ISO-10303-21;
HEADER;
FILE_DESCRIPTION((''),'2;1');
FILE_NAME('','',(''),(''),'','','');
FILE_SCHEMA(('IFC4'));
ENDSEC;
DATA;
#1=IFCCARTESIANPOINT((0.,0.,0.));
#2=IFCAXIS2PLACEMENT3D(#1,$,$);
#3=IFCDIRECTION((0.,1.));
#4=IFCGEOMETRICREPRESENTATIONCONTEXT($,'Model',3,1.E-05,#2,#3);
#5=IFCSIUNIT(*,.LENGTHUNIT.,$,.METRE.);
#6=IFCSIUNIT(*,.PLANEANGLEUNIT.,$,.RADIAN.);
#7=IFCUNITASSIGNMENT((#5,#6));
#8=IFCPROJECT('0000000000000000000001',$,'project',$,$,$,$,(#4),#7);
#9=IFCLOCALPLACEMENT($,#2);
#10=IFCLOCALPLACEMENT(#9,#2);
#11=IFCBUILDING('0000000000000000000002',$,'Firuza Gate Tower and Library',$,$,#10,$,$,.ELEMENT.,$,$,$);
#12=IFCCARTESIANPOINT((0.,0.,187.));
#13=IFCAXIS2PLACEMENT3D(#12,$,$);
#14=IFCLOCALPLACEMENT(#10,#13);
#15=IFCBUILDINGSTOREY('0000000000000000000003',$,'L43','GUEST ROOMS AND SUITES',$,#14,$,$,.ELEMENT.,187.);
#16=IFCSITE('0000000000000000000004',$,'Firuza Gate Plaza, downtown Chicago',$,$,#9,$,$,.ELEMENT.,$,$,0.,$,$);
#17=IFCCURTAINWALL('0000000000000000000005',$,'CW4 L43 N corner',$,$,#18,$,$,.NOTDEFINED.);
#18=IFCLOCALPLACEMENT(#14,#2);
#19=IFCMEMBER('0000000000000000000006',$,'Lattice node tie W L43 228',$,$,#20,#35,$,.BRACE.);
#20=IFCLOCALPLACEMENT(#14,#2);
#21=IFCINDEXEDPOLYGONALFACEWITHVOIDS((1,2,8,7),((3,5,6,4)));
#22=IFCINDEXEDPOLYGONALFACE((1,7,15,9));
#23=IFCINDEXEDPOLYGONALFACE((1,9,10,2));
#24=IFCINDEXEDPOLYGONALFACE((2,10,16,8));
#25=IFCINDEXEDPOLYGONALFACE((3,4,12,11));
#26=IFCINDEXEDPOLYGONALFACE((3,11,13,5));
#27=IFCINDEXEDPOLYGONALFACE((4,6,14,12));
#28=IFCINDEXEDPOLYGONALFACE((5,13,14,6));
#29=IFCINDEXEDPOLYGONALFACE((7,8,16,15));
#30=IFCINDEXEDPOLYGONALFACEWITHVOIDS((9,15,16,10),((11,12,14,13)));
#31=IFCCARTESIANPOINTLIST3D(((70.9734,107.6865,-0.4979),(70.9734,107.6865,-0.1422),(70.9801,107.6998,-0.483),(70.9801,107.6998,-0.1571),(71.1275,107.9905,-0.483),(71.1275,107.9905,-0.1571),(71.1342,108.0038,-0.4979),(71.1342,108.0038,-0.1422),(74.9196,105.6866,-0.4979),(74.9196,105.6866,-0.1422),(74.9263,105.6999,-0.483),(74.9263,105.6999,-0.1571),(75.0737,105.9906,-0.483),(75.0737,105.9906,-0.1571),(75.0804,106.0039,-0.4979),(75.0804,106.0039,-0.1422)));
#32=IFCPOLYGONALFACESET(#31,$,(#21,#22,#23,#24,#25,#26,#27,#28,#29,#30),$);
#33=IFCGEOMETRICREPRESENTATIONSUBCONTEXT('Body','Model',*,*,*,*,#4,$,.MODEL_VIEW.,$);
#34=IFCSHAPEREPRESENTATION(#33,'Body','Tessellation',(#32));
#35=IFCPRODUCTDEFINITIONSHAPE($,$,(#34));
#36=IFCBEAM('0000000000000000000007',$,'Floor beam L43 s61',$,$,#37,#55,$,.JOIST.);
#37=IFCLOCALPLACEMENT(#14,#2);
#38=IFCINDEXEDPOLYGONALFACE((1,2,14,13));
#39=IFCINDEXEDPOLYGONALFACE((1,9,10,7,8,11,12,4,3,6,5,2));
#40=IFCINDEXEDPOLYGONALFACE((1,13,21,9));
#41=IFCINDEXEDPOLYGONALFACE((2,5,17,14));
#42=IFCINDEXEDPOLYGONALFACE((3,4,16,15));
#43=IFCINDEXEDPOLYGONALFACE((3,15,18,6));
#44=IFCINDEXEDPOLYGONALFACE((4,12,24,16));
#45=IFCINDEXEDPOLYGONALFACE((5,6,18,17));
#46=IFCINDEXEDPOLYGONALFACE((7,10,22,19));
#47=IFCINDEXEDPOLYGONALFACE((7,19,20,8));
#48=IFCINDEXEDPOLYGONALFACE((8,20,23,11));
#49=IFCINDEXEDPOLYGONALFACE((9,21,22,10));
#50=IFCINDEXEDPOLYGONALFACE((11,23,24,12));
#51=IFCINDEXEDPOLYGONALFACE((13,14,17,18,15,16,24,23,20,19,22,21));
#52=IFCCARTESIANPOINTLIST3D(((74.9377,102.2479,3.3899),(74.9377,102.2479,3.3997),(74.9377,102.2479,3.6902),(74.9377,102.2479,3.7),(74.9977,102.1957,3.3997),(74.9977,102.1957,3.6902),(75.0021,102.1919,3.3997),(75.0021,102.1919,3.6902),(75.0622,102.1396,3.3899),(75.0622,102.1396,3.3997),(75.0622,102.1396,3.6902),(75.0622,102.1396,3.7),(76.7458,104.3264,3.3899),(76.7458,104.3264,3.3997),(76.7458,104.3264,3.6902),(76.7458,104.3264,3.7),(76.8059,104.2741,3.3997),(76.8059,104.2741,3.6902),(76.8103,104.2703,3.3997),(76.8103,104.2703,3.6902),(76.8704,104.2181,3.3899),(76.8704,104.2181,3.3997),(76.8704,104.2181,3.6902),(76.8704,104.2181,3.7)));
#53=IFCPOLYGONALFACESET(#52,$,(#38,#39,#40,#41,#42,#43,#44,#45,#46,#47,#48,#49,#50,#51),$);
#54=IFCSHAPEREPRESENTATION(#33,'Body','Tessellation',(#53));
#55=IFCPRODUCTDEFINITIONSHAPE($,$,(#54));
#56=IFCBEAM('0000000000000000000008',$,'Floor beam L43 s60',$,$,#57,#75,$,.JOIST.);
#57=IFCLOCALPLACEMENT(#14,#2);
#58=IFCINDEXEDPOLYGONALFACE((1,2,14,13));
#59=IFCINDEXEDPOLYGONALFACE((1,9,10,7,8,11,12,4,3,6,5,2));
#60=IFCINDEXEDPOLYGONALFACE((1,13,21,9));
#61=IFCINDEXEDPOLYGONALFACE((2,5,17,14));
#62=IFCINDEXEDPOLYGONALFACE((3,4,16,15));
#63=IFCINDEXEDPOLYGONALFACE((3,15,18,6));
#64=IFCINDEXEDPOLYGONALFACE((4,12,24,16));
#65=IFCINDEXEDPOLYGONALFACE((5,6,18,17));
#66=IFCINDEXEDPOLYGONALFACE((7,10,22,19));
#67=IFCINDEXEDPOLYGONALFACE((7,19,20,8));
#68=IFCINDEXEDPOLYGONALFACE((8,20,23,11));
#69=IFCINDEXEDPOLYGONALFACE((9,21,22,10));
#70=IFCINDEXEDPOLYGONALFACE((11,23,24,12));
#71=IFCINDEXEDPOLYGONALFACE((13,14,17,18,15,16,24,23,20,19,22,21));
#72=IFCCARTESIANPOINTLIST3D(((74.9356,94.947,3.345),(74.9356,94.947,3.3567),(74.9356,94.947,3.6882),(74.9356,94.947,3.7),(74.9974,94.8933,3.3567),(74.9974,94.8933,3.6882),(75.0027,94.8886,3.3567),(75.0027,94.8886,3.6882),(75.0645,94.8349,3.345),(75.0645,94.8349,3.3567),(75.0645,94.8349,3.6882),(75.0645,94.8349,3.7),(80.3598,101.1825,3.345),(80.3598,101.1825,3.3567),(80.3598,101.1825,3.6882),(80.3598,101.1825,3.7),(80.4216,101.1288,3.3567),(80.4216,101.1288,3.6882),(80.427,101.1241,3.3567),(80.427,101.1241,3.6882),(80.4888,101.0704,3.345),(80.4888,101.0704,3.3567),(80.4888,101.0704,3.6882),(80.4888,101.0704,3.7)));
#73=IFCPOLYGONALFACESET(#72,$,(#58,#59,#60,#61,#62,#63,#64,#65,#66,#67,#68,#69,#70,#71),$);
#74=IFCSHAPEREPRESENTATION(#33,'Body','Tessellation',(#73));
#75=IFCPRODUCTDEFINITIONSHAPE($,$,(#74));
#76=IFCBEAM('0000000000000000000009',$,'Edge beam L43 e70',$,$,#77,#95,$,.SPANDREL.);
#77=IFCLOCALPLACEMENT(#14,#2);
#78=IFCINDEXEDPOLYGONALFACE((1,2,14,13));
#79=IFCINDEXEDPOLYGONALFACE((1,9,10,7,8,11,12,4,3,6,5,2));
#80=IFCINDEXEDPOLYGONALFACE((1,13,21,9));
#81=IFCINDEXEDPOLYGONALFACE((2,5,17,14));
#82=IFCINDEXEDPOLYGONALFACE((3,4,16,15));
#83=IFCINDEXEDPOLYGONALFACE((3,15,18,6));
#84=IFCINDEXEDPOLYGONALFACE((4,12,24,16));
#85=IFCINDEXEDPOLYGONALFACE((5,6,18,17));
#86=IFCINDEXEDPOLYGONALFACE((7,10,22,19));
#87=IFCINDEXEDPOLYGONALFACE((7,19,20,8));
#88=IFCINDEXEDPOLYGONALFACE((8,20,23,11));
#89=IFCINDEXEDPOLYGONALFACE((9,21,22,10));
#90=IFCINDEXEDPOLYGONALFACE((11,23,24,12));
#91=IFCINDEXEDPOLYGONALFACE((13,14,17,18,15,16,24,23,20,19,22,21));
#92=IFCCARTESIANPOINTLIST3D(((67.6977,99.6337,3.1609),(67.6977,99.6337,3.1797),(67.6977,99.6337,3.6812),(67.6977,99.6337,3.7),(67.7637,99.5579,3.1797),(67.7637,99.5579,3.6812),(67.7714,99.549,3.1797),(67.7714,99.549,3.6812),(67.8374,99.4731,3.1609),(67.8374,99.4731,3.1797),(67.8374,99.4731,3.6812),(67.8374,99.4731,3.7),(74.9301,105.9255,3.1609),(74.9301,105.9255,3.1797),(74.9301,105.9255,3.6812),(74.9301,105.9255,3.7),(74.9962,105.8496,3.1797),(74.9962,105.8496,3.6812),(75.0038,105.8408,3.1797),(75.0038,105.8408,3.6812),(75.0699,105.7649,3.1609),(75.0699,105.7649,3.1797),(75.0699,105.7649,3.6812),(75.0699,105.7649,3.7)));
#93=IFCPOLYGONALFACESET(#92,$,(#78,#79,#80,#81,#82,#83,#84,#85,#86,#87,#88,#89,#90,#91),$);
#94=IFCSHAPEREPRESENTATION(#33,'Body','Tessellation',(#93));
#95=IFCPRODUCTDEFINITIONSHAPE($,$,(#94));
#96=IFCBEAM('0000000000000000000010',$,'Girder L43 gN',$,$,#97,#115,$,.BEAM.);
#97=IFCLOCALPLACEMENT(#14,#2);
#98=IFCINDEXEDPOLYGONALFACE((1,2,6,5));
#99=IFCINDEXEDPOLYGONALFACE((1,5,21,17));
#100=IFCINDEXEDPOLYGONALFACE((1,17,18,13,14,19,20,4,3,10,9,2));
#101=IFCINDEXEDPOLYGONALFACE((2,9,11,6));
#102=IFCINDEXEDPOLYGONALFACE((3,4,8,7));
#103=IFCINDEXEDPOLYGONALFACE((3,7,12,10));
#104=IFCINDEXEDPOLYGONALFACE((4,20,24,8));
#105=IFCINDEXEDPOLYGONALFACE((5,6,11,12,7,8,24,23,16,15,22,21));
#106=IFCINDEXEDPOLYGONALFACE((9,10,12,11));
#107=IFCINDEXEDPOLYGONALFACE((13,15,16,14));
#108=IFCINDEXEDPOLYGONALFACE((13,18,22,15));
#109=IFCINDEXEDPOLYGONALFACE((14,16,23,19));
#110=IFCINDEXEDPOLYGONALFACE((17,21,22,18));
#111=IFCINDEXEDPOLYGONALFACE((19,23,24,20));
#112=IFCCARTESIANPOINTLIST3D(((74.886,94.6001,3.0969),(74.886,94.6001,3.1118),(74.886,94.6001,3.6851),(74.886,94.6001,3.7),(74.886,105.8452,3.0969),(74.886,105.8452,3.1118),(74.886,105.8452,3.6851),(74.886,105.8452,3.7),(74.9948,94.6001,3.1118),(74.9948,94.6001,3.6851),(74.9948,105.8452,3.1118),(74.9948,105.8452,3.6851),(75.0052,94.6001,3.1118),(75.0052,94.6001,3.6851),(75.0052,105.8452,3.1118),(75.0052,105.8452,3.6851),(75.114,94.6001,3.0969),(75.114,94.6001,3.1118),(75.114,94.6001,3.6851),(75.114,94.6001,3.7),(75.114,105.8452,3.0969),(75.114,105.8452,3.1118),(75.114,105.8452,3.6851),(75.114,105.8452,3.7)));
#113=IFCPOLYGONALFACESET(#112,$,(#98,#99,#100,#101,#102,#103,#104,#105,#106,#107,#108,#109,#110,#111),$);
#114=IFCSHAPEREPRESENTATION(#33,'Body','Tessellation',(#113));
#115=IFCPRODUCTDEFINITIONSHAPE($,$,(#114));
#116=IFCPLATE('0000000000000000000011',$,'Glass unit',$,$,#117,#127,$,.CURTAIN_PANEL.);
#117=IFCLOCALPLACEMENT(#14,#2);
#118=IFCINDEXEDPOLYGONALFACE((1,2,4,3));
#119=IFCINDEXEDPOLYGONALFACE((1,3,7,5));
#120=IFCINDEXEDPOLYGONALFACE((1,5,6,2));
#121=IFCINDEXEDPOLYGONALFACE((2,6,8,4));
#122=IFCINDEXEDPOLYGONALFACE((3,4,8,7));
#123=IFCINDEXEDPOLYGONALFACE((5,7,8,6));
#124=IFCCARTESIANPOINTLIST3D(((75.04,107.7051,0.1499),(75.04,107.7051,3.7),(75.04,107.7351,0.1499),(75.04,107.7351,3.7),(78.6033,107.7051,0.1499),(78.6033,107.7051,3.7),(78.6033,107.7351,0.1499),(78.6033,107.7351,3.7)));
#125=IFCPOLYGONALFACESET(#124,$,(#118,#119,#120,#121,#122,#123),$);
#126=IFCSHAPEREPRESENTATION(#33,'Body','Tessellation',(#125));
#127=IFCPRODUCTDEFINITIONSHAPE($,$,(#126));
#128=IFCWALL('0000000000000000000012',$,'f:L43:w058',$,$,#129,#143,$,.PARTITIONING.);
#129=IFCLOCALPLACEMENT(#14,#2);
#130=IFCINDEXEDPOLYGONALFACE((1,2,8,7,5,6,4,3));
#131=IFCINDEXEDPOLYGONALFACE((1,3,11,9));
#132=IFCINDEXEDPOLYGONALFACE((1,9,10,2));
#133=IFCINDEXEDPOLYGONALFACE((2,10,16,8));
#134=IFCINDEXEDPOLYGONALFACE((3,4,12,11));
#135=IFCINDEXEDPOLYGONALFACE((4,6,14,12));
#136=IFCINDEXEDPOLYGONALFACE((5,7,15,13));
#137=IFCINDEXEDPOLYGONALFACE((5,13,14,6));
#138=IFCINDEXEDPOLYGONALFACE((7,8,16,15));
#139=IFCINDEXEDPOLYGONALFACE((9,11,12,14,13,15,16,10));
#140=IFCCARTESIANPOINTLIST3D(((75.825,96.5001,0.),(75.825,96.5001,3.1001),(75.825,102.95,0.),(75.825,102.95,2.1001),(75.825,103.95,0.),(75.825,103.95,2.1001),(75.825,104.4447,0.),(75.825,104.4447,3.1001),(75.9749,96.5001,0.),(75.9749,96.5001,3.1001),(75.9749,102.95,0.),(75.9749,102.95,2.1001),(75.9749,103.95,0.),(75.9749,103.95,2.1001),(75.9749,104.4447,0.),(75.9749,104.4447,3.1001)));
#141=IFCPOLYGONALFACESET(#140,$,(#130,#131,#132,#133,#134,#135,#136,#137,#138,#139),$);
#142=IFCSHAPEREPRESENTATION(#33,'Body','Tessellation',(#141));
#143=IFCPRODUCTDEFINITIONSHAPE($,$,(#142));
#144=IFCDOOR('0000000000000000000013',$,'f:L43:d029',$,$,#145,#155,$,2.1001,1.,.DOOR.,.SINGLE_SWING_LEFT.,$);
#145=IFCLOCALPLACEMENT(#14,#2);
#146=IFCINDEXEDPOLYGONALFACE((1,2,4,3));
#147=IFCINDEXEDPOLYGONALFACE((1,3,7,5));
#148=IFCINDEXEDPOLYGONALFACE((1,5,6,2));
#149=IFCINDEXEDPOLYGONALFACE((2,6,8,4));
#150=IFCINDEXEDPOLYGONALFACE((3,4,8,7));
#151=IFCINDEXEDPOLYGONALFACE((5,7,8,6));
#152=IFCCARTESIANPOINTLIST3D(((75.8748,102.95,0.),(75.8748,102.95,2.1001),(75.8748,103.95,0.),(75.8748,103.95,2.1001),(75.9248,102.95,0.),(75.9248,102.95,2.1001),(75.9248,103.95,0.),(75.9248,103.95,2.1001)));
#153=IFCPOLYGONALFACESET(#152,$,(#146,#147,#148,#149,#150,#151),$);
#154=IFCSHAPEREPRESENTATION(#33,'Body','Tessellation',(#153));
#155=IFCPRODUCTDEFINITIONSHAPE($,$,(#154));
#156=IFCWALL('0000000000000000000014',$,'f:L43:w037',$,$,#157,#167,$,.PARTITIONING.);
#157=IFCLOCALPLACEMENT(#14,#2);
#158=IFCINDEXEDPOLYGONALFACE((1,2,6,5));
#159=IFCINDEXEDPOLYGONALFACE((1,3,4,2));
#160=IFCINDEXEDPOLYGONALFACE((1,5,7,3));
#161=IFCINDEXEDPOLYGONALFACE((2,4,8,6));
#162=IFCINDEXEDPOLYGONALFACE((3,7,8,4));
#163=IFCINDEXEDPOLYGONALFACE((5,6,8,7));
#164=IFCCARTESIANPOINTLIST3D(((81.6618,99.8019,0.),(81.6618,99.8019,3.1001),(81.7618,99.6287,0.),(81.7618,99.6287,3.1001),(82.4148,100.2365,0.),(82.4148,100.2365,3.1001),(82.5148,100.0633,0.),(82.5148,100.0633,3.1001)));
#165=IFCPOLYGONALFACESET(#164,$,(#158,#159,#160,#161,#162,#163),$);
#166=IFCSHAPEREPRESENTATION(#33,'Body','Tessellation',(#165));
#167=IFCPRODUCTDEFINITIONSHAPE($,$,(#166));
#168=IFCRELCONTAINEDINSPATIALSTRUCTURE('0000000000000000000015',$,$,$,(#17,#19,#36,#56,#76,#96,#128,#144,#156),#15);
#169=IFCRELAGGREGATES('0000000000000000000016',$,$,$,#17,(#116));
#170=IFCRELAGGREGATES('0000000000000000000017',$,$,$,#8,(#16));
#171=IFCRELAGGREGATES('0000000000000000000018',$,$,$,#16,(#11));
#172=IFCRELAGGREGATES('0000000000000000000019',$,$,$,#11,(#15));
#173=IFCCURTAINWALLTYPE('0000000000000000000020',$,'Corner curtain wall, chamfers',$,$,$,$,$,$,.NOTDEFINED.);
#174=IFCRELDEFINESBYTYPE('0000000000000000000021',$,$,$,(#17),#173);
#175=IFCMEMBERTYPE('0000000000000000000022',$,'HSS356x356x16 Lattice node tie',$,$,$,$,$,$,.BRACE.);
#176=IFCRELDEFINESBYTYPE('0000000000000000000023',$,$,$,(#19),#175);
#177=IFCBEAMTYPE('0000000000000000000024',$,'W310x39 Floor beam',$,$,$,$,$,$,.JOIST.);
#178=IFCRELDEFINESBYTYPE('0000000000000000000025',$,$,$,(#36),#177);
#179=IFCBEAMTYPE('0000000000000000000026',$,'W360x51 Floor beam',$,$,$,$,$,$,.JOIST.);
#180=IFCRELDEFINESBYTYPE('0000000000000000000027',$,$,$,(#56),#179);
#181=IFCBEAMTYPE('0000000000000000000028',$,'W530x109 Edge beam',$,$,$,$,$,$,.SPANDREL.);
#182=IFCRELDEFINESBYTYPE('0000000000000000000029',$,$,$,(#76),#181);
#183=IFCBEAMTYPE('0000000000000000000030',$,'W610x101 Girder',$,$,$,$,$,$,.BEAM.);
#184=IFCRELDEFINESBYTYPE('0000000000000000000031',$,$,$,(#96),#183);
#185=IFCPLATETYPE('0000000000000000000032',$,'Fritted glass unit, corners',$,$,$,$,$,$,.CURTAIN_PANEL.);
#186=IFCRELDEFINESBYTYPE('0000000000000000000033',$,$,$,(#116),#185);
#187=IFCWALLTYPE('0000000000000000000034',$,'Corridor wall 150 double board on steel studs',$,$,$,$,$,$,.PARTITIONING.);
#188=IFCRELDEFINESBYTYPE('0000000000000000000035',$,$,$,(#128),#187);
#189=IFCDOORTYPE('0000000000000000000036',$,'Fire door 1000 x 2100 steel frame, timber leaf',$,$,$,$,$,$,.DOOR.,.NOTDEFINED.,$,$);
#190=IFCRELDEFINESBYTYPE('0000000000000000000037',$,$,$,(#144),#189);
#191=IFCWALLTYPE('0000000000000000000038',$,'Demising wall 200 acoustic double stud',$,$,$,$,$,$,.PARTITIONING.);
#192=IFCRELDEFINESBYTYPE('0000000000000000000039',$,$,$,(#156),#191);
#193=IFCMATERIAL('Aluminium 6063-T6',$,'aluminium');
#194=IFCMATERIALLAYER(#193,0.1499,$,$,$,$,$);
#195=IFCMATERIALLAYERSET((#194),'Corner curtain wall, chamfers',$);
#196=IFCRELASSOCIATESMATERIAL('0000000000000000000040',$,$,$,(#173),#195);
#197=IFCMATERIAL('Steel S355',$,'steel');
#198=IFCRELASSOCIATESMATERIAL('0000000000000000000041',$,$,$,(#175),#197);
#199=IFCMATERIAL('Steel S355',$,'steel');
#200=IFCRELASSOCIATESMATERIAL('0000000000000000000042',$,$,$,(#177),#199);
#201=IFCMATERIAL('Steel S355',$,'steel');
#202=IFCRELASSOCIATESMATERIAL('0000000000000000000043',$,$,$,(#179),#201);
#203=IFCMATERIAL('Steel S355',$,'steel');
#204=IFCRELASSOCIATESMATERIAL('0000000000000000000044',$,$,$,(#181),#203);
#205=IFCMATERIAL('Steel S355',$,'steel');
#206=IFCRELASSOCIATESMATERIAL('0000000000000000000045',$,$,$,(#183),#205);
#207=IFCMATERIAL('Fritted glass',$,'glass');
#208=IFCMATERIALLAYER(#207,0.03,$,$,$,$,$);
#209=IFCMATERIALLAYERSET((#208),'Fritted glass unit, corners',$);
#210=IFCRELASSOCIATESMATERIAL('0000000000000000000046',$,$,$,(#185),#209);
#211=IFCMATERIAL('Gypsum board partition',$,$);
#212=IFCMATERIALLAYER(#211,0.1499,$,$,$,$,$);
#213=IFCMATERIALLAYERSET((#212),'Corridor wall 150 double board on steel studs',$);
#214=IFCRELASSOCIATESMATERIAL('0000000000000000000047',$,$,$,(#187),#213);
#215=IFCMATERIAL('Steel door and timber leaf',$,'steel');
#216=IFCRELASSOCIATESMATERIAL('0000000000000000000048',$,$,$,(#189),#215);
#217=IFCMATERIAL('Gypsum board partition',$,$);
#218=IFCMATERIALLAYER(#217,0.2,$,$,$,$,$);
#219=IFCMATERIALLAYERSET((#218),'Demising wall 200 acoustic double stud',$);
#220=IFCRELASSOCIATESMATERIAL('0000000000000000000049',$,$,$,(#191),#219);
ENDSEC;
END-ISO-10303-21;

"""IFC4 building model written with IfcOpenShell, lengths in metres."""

from ifc_helpers import new_model, si_unit, direction, frame, frame_2d, origin, origin_2d, place, context, subcontext, project, spatial, polyline, rectangle, hollow_rectangle, i_section, outline, extrude, material, layer, layer_set, material_profile, profile_set, type_object, element, fill, aggregate, save


model = new_model("IFC4")

# Units and contexts
model_context = context("Model", 3, precision=1e-05, world=origin(), true_north=direction((0.0, 1.0)))
body_context = subcontext(model_context, "Body", "Model", "MODEL_VIEW")
ifc_project = project(units=[si_unit("LENGTHUNIT", "METRE"), si_unit("PLANEANGLEUNIT", "RADIAN")], contexts=[model_context])

# Site, building, storey
site_placement = place(None, origin())
site = spatial("IfcSite", under=ifc_project, at=site_placement, Name="Firuza Gate Plaza, downtown Chicago", CompositionType="ELEMENT", RefElevation=0.0)
building_placement = place(site_placement, origin())
building = spatial("IfcBuilding", under=site, at=building_placement, Name="Firuza Gate Tower and Library", CompositionType="ELEMENT")
storey_placement = place(building_placement, frame((0.0, 0.0, 187.0)))
storey = spatial("IfcBuildingStorey", under=building, at=storey_placement, Name="L43", Description="GUEST ROOMS AND SUITES", CompositionType="ELEMENT", Elevation=187.0)

# Curtain wall
ifc_material_1 = material(Name="Aluminium 6063-T6", Category="aluminium")
ifc_layer_1 = layer(ifc_material_1, 0.1499)
ifc_layer_set_1 = layer_set([ifc_layer_1], Name="Corner curtain wall, chamfers")
curtain_wall_type = type_object("IfcCurtainWallType", Name="Corner curtain wall, chamfers", PredefinedType="NOTDEFINED", material=ifc_layer_set_1)
curtain_wall_placement = place(storey_placement, origin())
curtain_wall = element("IfcCurtainWall", 1, at=curtain_wall_placement, inside=storey, type_object=curtain_wall_type, Name="CW4 L43 N corner", PredefinedType="NOTDEFINED")

# Member
ifc_material_2 = material(Name="Steel S355", Category="steel")
ifc_material_profile_1 = material_profile(ifc_material_2, hollow_rectangle(XDim=0.3557, YDim=0.3557, WallThickness=0.0149, at=origin_2d()))
ifc_profile_set_1 = profile_set([ifc_material_profile_1], Name="Steel S355")
member_type_1 = type_object("IfcMemberType", Name="HSS356x356x16 Lattice node tie", PredefinedType="BRACE", material=ifc_profile_set_1)
member_1_placement = place(storey_placement, frame((75.0, 105.8452, -0.3201), z_axis=(-0.891986, 0.452063, 0.0), x_axis=(-0.452063, -0.891986, 0.0)))
element("IfcMember", 2, at=member_1_placement, inside=storey, type_object=member_type_1, Name="Lattice node tie W L43 228", PredefinedType="BRACE", context=body_context, shape_type="SweptSolid", body=[
    extrude(hollow_rectangle(XDim=0.3557, YDim=0.3557, WallThickness=0.0149, at=origin_2d()), origin(), (0.0, 0.0, 1.0), 4.4241),
])

# Beams
ifc_material_3 = material(Name="Steel S355", Category="steel")
ifc_material_profile_2 = material_profile(ifc_material_3, i_section(OverallWidth=0.165, OverallDepth=0.3101, WebThickness=0.0059, FlangeThickness=0.0098, at=origin_2d()))
ifc_profile_set_2 = profile_set([ifc_material_profile_2], Name="Steel S355")
beam_type_1 = type_object("IfcBeamType", Name="W310x39 Floor beam", PredefinedType="JOIST", material=ifc_profile_set_2)
beam_1_placement = place(storey_placement, frame((76.8081, 104.2722, 3.5449), z_axis=(-0.65635, -0.754457, 0.0), x_axis=(0.754457, -0.65635, 0.0)))
element("IfcBeam", 3, at=beam_1_placement, inside=storey, type_object=beam_type_1, Name="Floor beam L43 s61", PredefinedType="JOIST", context=body_context, shape_type="SweptSolid", body=[
    extrude(i_section(OverallWidth=0.165, OverallDepth=0.3101, WebThickness=0.0059, FlangeThickness=0.0098, at=origin_2d()), origin(), (0.0, 0.0, 1.0), 2.7549),
])
ifc_material_4 = material(Name="Steel S355", Category="steel")
ifc_material_profile_3 = material_profile(ifc_material_4, i_section(OverallWidth=0.1709, OverallDepth=0.355, WebThickness=0.0071, FlangeThickness=0.0117, at=origin_2d()))
ifc_profile_set_3 = profile_set([ifc_material_profile_3], Name="Steel S355")
beam_type_2 = type_object("IfcBeamType", Name="W360x51 Floor beam", PredefinedType="JOIST", material=ifc_profile_set_3)
beam_2_placement = place(storey_placement, frame((80.4243, 101.1265, 3.5225), z_axis=(-0.656321, -0.754482, 0.0), x_axis=(0.754482, -0.656321, 0.0)))
element("IfcBeam", 4, at=beam_2_placement, inside=storey, type_object=beam_type_2, Name="Floor beam L43 s60", PredefinedType="JOIST", context=body_context, shape_type="SweptSolid", body=[
    extrude(i_section(OverallWidth=0.1709, OverallDepth=0.355, WebThickness=0.0071, FlangeThickness=0.0117, at=origin_2d()), origin(), (0.0, 0.0, 1.0), 8.2646),
])
ifc_material_5 = material(Name="Steel S355", Category="steel")
ifc_material_profile_4 = material_profile(ifc_material_5, i_section(OverallWidth=0.2129, OverallDepth=0.5391, WebThickness=0.0117, FlangeThickness=0.0188, at=origin_2d()))
ifc_profile_set_4 = profile_set([ifc_material_profile_4], Name="Steel S355")
beam_type_3 = type_object("IfcBeamType", Name="W530x109 Edge beam", PredefinedType="SPANDREL", material=ifc_profile_set_4)
beam_3_placement = place(storey_placement, frame((75.0, 105.8452, 3.4304), z_axis=(-0.754467, -0.656338, 0.0), x_axis=(0.656338, -0.754467, 0.0)))
element("IfcBeam", 5, at=beam_3_placement, inside=storey, type_object=beam_type_3, Name="Edge beam L43 e70", PredefinedType="SPANDREL", context=body_context, shape_type="SweptSolid", body=[
    extrude(i_section(OverallWidth=0.2129, OverallDepth=0.5391, WebThickness=0.0117, FlangeThickness=0.0188, at=origin_2d()), origin(), (0.0, 0.0, 1.0), 9.5862),
])
ifc_material_6 = material(Name="Steel S355", Category="steel")
ifc_material_profile_5 = material_profile(ifc_material_6, i_section(OverallWidth=0.228, OverallDepth=0.603, WebThickness=0.0105, FlangeThickness=0.0149, at=origin_2d()))
ifc_profile_set_5 = profile_set([ifc_material_profile_5], Name="Steel S355")
beam_type_4 = type_object("IfcBeamType", Name="W610x101 Girder", PredefinedType="BEAM", material=ifc_profile_set_5)
beam_4_placement = place(storey_placement, frame((75.0, 105.8452, 3.3984), z_axis=(0.0, -1.0, 0.0), x_axis=(1.0, 0.0, 0.0)))
element("IfcBeam", 6, at=beam_4_placement, inside=storey, type_object=beam_type_4, Name="Girder L43 gN", PredefinedType="BEAM", context=body_context, shape_type="SweptSolid", body=[
    extrude(i_section(OverallWidth=0.228, OverallDepth=0.603, WebThickness=0.0105, FlangeThickness=0.0149, at=origin_2d()), origin(), (0.0, 0.0, 1.0), 11.2451),
])

# Plate
ifc_material_7 = material(Name="Fritted glass", Category="glass")
ifc_layer_2 = layer(ifc_material_7, 0.03)
ifc_layer_set_2 = layer_set([ifc_layer_2], Name="Fritted glass unit, corners")
plate_type = type_object("IfcPlateType", Name="Fritted glass unit, corners", PredefinedType="CURTAIN_PANEL", material=ifc_layer_set_2)
plate_placement = place(storey_placement, frame((78.6033, 107.7351, 0.1499), z_axis=(0.0, 1.0, 0.0), x_axis=(-1.0, 0.0, 0.0)))
plate = element("IfcPlate", 7, at=plate_placement, type_object=plate_type, Name="Glass unit", PredefinedType="CURTAIN_PANEL", context=body_context, shape_type="SweptSolid", body=[
    extrude(outline(polyline([(0.0, 0.0), (3.5632, 0.0), (3.5632, 3.55), (0.0, 3.55), (0.0, 0.0)])), origin(), (0.0, 0.0, -1.0), 0.03),
])
aggregate(curtain_wall, [plate])

# Wall, opening, door
ifc_material_8 = material(Name="Gypsum board partition")
ifc_layer_3 = layer(ifc_material_8, 0.1499)
ifc_layer_set_3 = layer_set([ifc_layer_3], Name="Corridor wall 150 double board on steel studs")
wall_type_1 = type_object("IfcWallType", Name="Corridor wall 150 double board on steel studs", PredefinedType="PARTITIONING", material=ifc_layer_set_3)
wall_1_placement = place(storey_placement, frame((75.8999, 104.4446, 0.0), z_axis=(0.0, 0.0, 1.0), x_axis=(0.0, -1.0, 0.0)))
wall_1 = element("IfcWall", 8, at=wall_1_placement, inside=storey, type_object=wall_type_1, Name="f:L43:w058", PredefinedType="PARTITIONING", context=body_context, shape_type="SweptSolid", body=[
    extrude(rectangle(XDim=7.9446, YDim=0.1499, at=frame_2d((3.9722, 0.0))), origin(), (0.0, 0.0, 1.0), 3.1001),
])
opening_1_placement = place(wall_1_placement, frame((0.4946, 0.0, 0.0)))
opening_1 = element("IfcOpeningElement", 9, at=opening_1_placement, cuts=wall_1, PredefinedType="OPENING", context=body_context, shape_type="SweptSolid", body=[
    extrude(rectangle(XDim=1.0, YDim=2.1001, at=frame_2d((0.5, 1.05))), frame((0.0, 0.085, 0.0), z_axis=(0.0, -1.0, 0.0), x_axis=(1.0, 0.0, 0.0)), (0.0, 0.0, 1.0), 0.1699),
])
ifc_material_9 = material(Name="Steel door and timber leaf", Category="steel")
door_type_1 = type_object("IfcDoorType", Name="Fire door 1000 x 2100 steel frame, timber leaf", OperationType="NOTDEFINED", PredefinedType="DOOR", material=ifc_material_9)
door_1_placement = place(opening_1_placement, origin())
door_1 = element("IfcDoor", 10, at=door_1_placement, inside=storey, type_object=door_type_1, Name="f:L43:d029", OperationType="SINGLE_SWING_LEFT", OverallHeight=2.1001, OverallWidth=1.0, PredefinedType="DOOR", context=body_context, shape_type="SweptSolid", body=[
    extrude(rectangle(XDim=1.0, YDim=2.1001, at=frame_2d((0.5, 1.05))), frame((0.0, 0.0249, 0.0), z_axis=(0.0, -1.0, 0.0), x_axis=(1.0, 0.0, 0.0)), (0.0, 0.0, 1.0), 0.05),
])
fill(opening_1, door_1)

# Wall
ifc_material_10 = material(Name="Gypsum board partition")
ifc_layer_4 = layer(ifc_material_10, 0.2)
ifc_layer_set_4 = layer_set([ifc_layer_4], Name="Demising wall 200 acoustic double stud")
wall_type_2 = type_object("IfcWallType", Name="Demising wall 200 acoustic double stud", PredefinedType="PARTITIONING", material=ifc_layer_set_4)
wall_2_placement = place(storey_placement, frame((81.7119, 99.7153, 0.0), z_axis=(0.0, 0.0, 1.0), x_axis=(0.866092, 0.499885, 0.0)))
element("IfcWall", 11, at=wall_2_placement, inside=storey, type_object=wall_type_2, Name="f:L43:w037", PredefinedType="PARTITIONING", context=body_context, shape_type="SweptSolid", body=[
    extrude(rectangle(XDim=0.8694, YDim=0.2, at=frame_2d((0.4346, 0.0))), origin(), (0.0, 0.0, 1.0), 3.1001),
])

save(model, "model.ifc")
